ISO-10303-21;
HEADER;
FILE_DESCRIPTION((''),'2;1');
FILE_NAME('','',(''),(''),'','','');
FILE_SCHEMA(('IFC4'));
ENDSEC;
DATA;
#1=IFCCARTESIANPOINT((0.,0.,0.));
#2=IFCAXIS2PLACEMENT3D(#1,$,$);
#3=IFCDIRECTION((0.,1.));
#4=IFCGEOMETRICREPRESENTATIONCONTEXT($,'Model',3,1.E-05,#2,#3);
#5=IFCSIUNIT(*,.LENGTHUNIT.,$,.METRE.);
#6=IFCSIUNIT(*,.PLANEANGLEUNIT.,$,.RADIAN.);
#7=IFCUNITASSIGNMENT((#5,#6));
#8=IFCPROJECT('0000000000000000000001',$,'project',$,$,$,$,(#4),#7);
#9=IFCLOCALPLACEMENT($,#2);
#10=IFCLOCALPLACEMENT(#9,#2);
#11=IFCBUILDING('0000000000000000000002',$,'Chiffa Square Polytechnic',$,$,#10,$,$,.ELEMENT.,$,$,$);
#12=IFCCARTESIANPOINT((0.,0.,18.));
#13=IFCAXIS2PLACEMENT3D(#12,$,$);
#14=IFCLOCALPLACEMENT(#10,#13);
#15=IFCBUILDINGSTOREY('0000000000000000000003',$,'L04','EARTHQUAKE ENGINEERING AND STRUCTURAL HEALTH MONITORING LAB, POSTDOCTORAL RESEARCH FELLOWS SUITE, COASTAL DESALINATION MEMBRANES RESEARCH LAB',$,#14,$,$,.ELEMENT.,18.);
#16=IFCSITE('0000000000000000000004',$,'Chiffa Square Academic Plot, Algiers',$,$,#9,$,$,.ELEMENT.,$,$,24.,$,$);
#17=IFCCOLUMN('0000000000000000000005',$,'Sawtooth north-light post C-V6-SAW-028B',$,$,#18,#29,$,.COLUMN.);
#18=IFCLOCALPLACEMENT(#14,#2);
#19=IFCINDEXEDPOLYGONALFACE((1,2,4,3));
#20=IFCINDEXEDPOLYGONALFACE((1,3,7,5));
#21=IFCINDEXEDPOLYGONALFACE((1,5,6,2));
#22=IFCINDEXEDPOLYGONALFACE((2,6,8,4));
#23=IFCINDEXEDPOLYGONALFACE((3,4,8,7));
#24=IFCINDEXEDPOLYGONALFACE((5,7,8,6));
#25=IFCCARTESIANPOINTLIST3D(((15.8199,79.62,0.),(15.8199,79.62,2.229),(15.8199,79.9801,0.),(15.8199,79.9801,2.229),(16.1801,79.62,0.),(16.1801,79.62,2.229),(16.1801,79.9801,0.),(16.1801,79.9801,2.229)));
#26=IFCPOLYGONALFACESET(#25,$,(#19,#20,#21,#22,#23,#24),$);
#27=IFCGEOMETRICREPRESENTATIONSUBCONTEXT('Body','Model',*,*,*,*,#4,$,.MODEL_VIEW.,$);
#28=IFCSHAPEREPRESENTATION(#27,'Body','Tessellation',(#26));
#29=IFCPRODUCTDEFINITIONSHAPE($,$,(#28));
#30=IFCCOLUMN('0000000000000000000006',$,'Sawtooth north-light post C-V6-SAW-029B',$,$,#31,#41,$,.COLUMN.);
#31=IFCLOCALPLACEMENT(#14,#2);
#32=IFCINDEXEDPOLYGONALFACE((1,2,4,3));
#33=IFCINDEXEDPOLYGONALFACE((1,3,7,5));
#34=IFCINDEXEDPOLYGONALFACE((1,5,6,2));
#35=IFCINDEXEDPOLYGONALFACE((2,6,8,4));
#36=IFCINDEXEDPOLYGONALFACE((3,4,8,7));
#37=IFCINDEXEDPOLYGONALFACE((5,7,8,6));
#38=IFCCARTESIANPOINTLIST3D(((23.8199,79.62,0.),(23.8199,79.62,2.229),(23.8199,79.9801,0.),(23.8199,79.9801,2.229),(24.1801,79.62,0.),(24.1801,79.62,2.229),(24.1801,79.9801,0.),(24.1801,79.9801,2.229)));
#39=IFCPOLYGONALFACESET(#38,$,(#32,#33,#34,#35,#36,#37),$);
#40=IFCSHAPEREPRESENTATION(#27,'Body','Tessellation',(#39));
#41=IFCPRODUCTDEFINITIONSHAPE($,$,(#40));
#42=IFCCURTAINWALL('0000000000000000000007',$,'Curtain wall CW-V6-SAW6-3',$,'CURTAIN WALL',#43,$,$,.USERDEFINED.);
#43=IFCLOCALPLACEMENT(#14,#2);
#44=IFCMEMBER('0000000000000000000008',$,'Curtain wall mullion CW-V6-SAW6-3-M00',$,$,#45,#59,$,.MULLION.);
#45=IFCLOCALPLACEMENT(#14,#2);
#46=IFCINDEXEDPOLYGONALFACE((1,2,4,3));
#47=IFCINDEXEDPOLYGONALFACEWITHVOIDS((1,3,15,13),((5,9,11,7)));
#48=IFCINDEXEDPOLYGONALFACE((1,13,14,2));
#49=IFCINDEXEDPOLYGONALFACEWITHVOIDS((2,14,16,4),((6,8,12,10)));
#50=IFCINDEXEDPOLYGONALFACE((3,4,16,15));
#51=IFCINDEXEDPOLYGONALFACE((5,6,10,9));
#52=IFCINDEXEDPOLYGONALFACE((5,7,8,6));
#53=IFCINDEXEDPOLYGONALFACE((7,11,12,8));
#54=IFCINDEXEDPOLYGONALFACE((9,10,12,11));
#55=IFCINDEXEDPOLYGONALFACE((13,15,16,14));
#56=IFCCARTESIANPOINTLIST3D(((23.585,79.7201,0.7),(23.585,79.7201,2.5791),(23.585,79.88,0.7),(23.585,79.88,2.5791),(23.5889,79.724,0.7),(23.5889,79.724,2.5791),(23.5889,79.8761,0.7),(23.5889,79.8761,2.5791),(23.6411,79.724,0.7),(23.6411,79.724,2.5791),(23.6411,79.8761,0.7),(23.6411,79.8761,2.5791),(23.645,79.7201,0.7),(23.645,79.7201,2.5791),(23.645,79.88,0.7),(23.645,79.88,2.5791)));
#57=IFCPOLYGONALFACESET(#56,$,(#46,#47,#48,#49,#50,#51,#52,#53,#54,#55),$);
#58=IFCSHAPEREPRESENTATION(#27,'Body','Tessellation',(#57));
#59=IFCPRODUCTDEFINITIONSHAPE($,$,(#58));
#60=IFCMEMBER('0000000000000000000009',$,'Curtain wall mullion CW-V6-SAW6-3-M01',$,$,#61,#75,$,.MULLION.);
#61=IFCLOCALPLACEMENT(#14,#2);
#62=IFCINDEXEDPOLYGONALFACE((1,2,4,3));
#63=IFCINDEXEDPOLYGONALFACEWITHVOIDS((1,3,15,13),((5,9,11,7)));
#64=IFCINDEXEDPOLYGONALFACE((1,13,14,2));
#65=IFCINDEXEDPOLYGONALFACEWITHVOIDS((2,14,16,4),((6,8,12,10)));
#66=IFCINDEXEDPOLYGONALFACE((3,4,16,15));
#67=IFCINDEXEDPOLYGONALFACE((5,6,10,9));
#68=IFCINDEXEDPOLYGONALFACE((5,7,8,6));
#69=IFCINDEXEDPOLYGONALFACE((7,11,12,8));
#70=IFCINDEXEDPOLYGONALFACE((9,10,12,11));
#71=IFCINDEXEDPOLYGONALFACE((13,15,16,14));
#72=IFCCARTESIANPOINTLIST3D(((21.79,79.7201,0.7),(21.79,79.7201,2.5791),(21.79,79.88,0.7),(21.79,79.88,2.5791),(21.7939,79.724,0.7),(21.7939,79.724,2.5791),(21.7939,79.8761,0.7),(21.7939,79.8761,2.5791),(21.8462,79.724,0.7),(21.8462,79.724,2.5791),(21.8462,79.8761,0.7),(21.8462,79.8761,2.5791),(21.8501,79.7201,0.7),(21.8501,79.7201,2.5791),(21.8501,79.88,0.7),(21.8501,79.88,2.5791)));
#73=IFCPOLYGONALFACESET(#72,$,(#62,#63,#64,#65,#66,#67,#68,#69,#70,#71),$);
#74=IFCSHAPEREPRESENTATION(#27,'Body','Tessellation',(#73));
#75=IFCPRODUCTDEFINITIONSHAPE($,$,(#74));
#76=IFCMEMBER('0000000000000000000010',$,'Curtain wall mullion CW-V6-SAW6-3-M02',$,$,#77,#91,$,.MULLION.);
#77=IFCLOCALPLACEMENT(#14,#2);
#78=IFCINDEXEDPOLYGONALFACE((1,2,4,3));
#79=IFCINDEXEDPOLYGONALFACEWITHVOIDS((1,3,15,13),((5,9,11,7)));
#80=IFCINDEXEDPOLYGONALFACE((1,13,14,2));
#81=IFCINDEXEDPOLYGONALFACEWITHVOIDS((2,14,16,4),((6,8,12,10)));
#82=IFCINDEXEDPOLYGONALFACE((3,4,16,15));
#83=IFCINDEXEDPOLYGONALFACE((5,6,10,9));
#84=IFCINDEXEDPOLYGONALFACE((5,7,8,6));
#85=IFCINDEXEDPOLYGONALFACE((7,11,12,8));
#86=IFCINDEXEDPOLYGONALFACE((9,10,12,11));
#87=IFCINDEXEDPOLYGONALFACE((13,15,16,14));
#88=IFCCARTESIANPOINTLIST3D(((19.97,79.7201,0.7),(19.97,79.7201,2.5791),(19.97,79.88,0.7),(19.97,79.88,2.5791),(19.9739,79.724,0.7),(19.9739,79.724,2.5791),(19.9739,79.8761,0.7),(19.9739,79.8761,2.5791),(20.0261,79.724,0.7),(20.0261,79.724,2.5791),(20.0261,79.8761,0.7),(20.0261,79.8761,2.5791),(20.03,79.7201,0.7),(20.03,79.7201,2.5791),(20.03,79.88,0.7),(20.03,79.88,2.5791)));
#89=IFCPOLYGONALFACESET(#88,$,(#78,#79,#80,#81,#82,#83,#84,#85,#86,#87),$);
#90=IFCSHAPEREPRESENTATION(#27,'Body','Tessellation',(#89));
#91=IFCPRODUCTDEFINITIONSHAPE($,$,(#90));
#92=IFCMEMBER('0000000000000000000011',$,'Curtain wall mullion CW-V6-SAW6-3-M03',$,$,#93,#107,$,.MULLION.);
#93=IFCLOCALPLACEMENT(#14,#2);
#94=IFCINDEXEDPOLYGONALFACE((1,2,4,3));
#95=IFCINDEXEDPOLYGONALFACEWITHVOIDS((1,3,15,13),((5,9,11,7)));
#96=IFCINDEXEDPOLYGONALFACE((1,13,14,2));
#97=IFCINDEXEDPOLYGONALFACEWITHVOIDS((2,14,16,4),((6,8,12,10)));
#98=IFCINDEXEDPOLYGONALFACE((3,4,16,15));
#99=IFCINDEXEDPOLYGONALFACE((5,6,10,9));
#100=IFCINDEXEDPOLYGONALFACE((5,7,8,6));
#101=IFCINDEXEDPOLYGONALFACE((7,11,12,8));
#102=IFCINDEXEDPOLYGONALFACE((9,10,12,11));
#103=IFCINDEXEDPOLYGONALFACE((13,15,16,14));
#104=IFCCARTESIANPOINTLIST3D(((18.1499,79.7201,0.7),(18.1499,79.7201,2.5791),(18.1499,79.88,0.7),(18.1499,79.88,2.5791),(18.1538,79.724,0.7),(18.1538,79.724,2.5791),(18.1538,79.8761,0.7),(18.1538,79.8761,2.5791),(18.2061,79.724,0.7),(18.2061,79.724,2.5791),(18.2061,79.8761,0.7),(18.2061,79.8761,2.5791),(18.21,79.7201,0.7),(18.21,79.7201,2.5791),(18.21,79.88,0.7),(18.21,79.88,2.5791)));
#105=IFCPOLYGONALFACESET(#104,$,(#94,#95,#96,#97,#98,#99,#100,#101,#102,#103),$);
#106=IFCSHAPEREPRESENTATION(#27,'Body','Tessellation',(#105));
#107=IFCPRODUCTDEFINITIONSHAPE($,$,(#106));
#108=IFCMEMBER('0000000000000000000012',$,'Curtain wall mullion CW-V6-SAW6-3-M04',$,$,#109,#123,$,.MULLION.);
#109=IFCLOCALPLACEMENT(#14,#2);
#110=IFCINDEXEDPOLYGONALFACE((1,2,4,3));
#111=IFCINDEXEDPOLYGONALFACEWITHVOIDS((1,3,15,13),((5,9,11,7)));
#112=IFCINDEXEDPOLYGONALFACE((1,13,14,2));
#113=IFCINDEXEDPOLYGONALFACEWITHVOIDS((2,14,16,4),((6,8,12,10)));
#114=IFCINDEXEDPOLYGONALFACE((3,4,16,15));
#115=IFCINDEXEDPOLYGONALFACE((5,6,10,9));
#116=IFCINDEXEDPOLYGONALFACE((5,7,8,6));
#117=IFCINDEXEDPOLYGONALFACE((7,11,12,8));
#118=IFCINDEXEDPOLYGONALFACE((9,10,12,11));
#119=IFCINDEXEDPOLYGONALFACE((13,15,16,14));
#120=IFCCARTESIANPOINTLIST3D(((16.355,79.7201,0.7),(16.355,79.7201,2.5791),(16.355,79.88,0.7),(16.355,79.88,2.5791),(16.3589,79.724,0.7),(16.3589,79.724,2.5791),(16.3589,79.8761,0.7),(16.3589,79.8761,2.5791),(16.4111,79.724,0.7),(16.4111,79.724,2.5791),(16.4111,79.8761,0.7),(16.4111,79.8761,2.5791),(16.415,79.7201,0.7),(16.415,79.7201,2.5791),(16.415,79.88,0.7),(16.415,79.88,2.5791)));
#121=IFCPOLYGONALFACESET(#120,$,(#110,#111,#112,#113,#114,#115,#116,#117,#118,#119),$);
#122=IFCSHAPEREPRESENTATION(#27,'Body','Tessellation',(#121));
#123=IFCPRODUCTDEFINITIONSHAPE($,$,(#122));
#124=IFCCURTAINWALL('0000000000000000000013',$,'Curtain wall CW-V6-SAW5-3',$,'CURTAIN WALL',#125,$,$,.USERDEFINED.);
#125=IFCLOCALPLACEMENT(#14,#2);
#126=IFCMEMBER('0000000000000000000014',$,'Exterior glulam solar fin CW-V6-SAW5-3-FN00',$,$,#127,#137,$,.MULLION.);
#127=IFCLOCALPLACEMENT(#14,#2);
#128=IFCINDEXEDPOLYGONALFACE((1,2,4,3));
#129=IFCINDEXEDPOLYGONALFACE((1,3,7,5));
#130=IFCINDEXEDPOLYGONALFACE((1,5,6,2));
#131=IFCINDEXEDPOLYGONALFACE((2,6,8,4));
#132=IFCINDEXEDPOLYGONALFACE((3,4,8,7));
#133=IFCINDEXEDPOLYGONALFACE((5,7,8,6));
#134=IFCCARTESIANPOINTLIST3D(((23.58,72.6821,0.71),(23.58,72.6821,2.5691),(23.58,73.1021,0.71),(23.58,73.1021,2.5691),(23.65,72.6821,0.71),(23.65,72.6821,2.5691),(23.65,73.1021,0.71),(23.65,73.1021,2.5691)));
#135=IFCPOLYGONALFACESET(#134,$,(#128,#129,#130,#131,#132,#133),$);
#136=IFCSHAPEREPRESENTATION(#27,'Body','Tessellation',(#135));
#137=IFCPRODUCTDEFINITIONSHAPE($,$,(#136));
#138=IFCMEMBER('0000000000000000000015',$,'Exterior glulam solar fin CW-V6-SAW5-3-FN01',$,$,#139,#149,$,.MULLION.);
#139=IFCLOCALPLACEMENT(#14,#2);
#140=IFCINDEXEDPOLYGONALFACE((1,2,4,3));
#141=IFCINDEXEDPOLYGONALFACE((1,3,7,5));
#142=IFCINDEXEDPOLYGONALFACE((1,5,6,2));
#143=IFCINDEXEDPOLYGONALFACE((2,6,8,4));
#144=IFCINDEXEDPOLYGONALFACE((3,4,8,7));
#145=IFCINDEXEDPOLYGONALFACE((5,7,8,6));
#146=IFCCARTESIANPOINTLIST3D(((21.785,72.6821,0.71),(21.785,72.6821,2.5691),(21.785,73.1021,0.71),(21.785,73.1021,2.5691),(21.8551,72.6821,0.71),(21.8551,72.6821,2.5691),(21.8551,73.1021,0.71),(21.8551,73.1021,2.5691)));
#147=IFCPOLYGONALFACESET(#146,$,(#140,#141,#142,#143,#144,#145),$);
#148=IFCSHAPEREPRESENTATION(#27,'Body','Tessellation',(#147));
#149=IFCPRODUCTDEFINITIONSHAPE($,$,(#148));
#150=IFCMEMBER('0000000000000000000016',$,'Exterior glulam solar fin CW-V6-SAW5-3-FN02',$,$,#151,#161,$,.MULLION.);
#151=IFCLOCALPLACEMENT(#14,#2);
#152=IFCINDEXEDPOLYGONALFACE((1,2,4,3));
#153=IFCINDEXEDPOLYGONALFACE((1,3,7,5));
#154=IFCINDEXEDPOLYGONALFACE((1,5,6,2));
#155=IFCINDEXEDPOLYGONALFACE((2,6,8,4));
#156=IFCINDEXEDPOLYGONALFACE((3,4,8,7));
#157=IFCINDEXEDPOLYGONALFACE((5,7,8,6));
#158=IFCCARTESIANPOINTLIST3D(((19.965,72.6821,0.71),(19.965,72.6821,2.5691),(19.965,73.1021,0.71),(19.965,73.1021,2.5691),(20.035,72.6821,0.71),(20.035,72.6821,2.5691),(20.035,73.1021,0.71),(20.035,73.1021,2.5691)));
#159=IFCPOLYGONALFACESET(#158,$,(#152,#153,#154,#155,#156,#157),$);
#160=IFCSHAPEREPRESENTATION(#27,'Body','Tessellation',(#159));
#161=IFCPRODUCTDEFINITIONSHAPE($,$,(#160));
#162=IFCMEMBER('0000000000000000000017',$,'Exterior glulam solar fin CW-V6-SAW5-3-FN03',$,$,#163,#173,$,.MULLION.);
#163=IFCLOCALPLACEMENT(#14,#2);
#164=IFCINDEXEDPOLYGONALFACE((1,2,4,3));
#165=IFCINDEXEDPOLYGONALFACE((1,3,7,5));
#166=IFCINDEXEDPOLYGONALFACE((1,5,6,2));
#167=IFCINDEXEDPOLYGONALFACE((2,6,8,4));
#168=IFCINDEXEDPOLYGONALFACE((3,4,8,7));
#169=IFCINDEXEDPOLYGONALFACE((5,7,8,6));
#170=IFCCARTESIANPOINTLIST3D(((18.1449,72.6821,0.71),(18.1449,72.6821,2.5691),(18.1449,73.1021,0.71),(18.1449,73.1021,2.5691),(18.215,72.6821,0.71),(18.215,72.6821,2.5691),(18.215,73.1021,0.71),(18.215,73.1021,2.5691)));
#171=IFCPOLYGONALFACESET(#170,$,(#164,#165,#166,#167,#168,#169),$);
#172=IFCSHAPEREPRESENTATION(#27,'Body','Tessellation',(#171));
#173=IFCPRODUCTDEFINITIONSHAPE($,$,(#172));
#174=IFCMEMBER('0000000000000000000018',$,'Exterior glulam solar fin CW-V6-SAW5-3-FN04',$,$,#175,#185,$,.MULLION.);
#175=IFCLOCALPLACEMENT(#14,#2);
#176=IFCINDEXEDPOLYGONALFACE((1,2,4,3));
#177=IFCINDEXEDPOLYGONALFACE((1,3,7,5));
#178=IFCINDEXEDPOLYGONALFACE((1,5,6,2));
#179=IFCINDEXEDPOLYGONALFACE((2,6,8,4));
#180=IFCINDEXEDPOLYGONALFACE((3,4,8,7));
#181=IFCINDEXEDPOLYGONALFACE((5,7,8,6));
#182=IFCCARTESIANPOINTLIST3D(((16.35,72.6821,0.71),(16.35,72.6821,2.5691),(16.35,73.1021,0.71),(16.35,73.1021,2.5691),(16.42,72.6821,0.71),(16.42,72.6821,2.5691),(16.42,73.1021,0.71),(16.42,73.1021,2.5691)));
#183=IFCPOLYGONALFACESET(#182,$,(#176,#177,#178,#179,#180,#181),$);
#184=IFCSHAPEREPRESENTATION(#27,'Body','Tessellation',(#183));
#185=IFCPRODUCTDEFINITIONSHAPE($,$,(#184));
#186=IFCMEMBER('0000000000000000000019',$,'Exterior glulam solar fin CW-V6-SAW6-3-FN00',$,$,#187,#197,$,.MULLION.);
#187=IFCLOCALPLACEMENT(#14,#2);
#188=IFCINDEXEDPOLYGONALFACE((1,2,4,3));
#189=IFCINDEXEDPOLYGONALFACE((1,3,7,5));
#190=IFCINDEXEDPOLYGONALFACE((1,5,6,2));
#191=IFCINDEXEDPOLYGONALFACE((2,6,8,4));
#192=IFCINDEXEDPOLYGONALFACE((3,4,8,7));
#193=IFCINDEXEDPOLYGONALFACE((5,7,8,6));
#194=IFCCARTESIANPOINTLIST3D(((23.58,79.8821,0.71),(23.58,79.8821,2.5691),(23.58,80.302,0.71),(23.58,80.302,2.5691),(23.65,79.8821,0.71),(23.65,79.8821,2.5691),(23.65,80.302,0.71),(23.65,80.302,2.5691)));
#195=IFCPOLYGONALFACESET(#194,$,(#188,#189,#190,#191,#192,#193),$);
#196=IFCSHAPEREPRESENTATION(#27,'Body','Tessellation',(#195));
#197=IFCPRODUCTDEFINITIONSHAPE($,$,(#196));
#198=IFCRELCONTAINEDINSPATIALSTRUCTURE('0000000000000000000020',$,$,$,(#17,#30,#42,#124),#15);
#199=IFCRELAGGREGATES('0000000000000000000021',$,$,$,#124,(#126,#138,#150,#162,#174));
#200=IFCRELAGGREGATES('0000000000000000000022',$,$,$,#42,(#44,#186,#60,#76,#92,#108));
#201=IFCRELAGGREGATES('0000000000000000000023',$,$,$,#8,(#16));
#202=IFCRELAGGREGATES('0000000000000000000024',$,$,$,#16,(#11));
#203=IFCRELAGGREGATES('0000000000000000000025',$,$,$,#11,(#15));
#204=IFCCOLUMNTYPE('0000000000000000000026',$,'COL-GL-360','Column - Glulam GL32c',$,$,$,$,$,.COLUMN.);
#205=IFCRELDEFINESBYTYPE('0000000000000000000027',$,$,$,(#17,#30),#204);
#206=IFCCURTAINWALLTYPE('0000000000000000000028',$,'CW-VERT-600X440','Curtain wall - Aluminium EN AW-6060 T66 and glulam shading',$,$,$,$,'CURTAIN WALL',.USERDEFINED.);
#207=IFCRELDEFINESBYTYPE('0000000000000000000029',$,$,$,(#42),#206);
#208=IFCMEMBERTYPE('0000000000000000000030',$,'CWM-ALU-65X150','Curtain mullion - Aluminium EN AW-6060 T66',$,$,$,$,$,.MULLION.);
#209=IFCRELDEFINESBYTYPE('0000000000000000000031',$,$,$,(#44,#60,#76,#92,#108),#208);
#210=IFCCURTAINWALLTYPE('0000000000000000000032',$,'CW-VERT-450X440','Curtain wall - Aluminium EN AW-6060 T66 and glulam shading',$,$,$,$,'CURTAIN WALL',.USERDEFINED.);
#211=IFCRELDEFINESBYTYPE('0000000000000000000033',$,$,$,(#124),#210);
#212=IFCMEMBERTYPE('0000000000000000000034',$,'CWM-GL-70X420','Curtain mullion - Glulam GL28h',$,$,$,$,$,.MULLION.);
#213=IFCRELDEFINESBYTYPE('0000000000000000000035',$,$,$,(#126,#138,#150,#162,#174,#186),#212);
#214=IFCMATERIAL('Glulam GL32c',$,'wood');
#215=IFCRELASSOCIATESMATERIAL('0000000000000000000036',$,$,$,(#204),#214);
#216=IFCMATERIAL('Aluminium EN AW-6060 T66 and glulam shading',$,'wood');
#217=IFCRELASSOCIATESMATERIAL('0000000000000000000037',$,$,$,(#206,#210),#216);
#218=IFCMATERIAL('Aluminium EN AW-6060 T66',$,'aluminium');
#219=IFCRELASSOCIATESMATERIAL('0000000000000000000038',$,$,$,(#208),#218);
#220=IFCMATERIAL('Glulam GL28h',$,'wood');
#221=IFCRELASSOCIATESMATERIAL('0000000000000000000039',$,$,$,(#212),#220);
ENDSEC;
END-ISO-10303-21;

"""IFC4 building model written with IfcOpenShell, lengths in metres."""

from ifc_helpers import new_model, si_unit, direction, frame, origin, origin_2d, place, context, subcontext, project, spatial, rectangle, hollow_rectangle, extrude, material, material_profile, profile_set, type_object, element, aggregate, save


model = new_model("IFC4")

# Units and contexts
model_context = context("Model", 3, precision=1e-05, world=origin(), true_north=direction((0.0, 1.0)))
body_context = subcontext(model_context, "Body", "Model", "MODEL_VIEW")
ifc_project = project(units=[si_unit("LENGTHUNIT", "METRE"), si_unit("PLANEANGLEUNIT", "RADIAN")], contexts=[model_context])

# Site, building, storey
site_placement = place(None, origin())
site = spatial("IfcSite", under=ifc_project, at=site_placement, Name="Chiffa Square Academic Plot, Algiers", CompositionType="ELEMENT", RefElevation=24.0)
building_placement = place(site_placement, origin())
building = spatial("IfcBuilding", under=site, at=building_placement, Name="Chiffa Square Polytechnic", CompositionType="ELEMENT")
storey_placement = place(building_placement, frame((0.0, 0.0, 18.0)))
storey = spatial("IfcBuildingStorey", under=building, at=storey_placement, Name="L04", Description="EARTHQUAKE ENGINEERING AND STRUCTURAL HEALTH MONITORING LAB, POSTDOCTORAL RESEARCH FELLOWS SUITE, COASTAL DESALINATION MEMBRANES RESEARCH LAB", CompositionType="ELEMENT", Elevation=18.0)

# Columns
ifc_material_1 = material(Name="Glulam GL32c", Category="wood")
ifc_material_profile_1 = material_profile(ifc_material_1, rectangle(XDim=0.3601, YDim=0.3601, at=origin_2d()), Name="GL32c 360x360")
ifc_profile_set_1 = profile_set([ifc_material_profile_1], Name="Glulam GL32c")
column_type = type_object("IfcColumnType", Name="COL-GL-360", Description="Column - Glulam GL32c", PredefinedType="COLUMN", material=ifc_profile_set_1)
for number, where, z_axis, x_axis, name in (
    (1, (16.0, 79.8, 0.0), (0.0, 0.0, 1.0), (1.0, 0.0, 0.0), "Sawtooth north-light post C-V6-SAW-028B"),
    (2, (24.0, 79.8, 0.0), (0.0, 0.0, 1.0), (1.0, 0.0, 0.0), "Sawtooth north-light post C-V6-SAW-029B"),
):
    element("IfcColumn", number, at=place(storey_placement, frame(where, z_axis=z_axis, x_axis=x_axis)), inside=storey, type_object=column_type, Name=name, PredefinedType="COLUMN", context=body_context, shape_type="SweptSolid", body=[
        extrude(rectangle(XDim=0.3601, YDim=0.3601, at=origin_2d()), origin(), (0.0, 0.0, 1.0), 2.229),
    ])

# Curtain walls, members
ifc_material_2 = material(Name="Aluminium EN AW-6060 T66 and glulam shading", Category="wood")
curtain_wall_type_1 = type_object("IfcCurtainWallType", Name="CW-VERT-600X440", Description="Curtain wall - Aluminium EN AW-6060 T66 and glulam shading", ElementType="CURTAIN WALL", PredefinedType="USERDEFINED", material=ifc_material_2)
curtain_wall_1_placement = place(storey_placement, origin())
curtain_wall_1 = element("IfcCurtainWall", 3, at=curtain_wall_1_placement, inside=storey, type_object=curtain_wall_type_1, Name="Curtain wall CW-V6-SAW6-3", ObjectType="CURTAIN WALL", PredefinedType="USERDEFINED")
ifc_material_3 = material(Name="Aluminium EN AW-6060 T66", Category="aluminium")
ifc_material_profile_2 = material_profile(ifc_material_3, hollow_rectangle(XDim=0.0601, YDim=0.1599, WallThickness=0.0039, at=origin_2d()), Name="ALU 60x160x4")
ifc_profile_set_2 = profile_set([ifc_material_profile_2], Name="Aluminium EN AW-6060 T66")
member_type_1 = type_object("IfcMemberType", Name="CWM-ALU-65X150", Description="Curtain mullion - Aluminium EN AW-6060 T66", PredefinedType="MULLION", material=ifc_profile_set_2)
member_1_placement = place(storey_placement, frame((23.615, 79.8, 0.7), z_axis=(0.0, 0.0, 1.0), x_axis=(1.0, 0.0, 0.0)))
member_1 = element("IfcMember", 4, at=member_1_placement, type_object=member_type_1, Name="Curtain wall mullion CW-V6-SAW6-3-M00", PredefinedType="MULLION", context=body_context, shape_type="SweptSolid", body=[
    extrude(hollow_rectangle(XDim=0.0601, YDim=0.1599, WallThickness=0.0039, at=origin_2d()), origin(), (0.0, 0.0, 1.0), 1.8792),
])
member_2_placement = place(storey_placement, frame((21.8201, 79.8, 0.7), z_axis=(0.0, 0.0, 1.0), x_axis=(1.0, 0.0, 0.0)))
member_2 = element("IfcMember", 5, at=member_2_placement, type_object=member_type_1, Name="Curtain wall mullion CW-V6-SAW6-3-M01", PredefinedType="MULLION", context=body_context, shape_type="SweptSolid", body=[
    extrude(hollow_rectangle(XDim=0.0601, YDim=0.1599, WallThickness=0.0039, at=origin_2d()), origin(), (0.0, 0.0, 1.0), 1.8792),
])
member_3_placement = place(storey_placement, frame((20.0, 79.8, 0.7), z_axis=(0.0, 0.0, 1.0), x_axis=(1.0, 0.0, 0.0)))
member_3 = element("IfcMember", 6, at=member_3_placement, type_object=member_type_1, Name="Curtain wall mullion CW-V6-SAW6-3-M02", PredefinedType="MULLION", context=body_context, shape_type="SweptSolid", body=[
    extrude(hollow_rectangle(XDim=0.0601, YDim=0.1599, WallThickness=0.0039, at=origin_2d()), origin(), (0.0, 0.0, 1.0), 1.8792),
])
member_4_placement = place(storey_placement, frame((18.1799, 79.8, 0.7), z_axis=(0.0, 0.0, 1.0), x_axis=(1.0, 0.0, 0.0)))
member_4 = element("IfcMember", 7, at=member_4_placement, type_object=member_type_1, Name="Curtain wall mullion CW-V6-SAW6-3-M03", PredefinedType="MULLION", context=body_context, shape_type="SweptSolid", body=[
    extrude(hollow_rectangle(XDim=0.0601, YDim=0.1599, WallThickness=0.0039, at=origin_2d()), origin(), (0.0, 0.0, 1.0), 1.8792),
])
member_5_placement = place(storey_placement, frame((16.385, 79.8, 0.7), z_axis=(0.0, 0.0, 1.0), x_axis=(1.0, 0.0, 0.0)))
member_5 = element("IfcMember", 8, at=member_5_placement, type_object=member_type_1, Name="Curtain wall mullion CW-V6-SAW6-3-M04", PredefinedType="MULLION", context=body_context, shape_type="SweptSolid", body=[
    extrude(hollow_rectangle(XDim=0.0601, YDim=0.1599, WallThickness=0.0039, at=origin_2d()), origin(), (0.0, 0.0, 1.0), 1.8792),
])
curtain_wall_type_2 = type_object("IfcCurtainWallType", Name="CW-VERT-450X440", Description="Curtain wall - Aluminium EN AW-6060 T66 and glulam shading", ElementType="CURTAIN WALL", PredefinedType="USERDEFINED", material=ifc_material_2)
curtain_wall_2_placement = place(storey_placement, origin())
curtain_wall_2 = element("IfcCurtainWall", 9, at=curtain_wall_2_placement, inside=storey, type_object=curtain_wall_type_2, Name="Curtain wall CW-V6-SAW5-3", ObjectType="CURTAIN WALL", PredefinedType="USERDEFINED")
ifc_material_4 = material(Name="Glulam GL28h", Category="wood")
ifc_material_profile_3 = material_profile(ifc_material_4, rectangle(XDim=0.0701, YDim=0.4199, at=origin_2d()), Name="GL28h 70x420")
ifc_profile_set_3 = profile_set([ifc_material_profile_3], Name="Glulam GL28h")
member_type_2 = type_object("IfcMemberType", Name="CWM-GL-70X420", Description="Curtain mullion - Glulam GL28h", PredefinedType="MULLION", material=ifc_profile_set_3)
member_6_placement = place(storey_placement, frame((23.615, 72.8921, 0.71), z_axis=(0.0, 0.0, 1.0), x_axis=(-1.0, 0.0, 0.0)))
member_6 = element("IfcMember", 10, at=member_6_placement, type_object=member_type_2, Name="Exterior glulam solar fin CW-V6-SAW5-3-FN00", PredefinedType="MULLION", context=body_context, shape_type="SweptSolid", body=[
    extrude(rectangle(XDim=0.0701, YDim=0.4199, at=origin_2d()), origin(), (0.0, 0.0, 1.0), 1.8591),
])
member_7_placement = place(storey_placement, frame((21.8201, 72.8921, 0.71), z_axis=(0.0, 0.0, 1.0), x_axis=(-1.0, 0.0, 0.0)))
member_7 = element("IfcMember", 11, at=member_7_placement, type_object=member_type_2, Name="Exterior glulam solar fin CW-V6-SAW5-3-FN01", PredefinedType="MULLION", context=body_context, shape_type="SweptSolid", body=[
    extrude(rectangle(XDim=0.0701, YDim=0.4199, at=origin_2d()), origin(), (0.0, 0.0, 1.0), 1.8591),
])
member_8_placement = place(storey_placement, frame((20.0, 72.8921, 0.71), z_axis=(0.0, 0.0, 1.0), x_axis=(-1.0, 0.0, 0.0)))
member_8 = element("IfcMember", 12, at=member_8_placement, type_object=member_type_2, Name="Exterior glulam solar fin CW-V6-SAW5-3-FN02", PredefinedType="MULLION", context=body_context, shape_type="SweptSolid", body=[
    extrude(rectangle(XDim=0.0701, YDim=0.4199, at=origin_2d()), origin(), (0.0, 0.0, 1.0), 1.8591),
])
member_9_placement = place(storey_placement, frame((18.1799, 72.8921, 0.71), z_axis=(0.0, 0.0, 1.0), x_axis=(-1.0, 0.0, 0.0)))
member_9 = element("IfcMember", 13, at=member_9_placement, type_object=member_type_2, Name="Exterior glulam solar fin CW-V6-SAW5-3-FN03", PredefinedType="MULLION", context=body_context, shape_type="SweptSolid", body=[
    extrude(rectangle(XDim=0.0701, YDim=0.4199, at=origin_2d()), origin(), (0.0, 0.0, 1.0), 1.8591),
])
member_10_placement = place(storey_placement, frame((16.385, 72.8921, 0.71), z_axis=(0.0, 0.0, 1.0), x_axis=(-1.0, 0.0, 0.0)))
member_10 = element("IfcMember", 14, at=member_10_placement, type_object=member_type_2, Name="Exterior glulam solar fin CW-V6-SAW5-3-FN04", PredefinedType="MULLION", context=body_context, shape_type="SweptSolid", body=[
    extrude(rectangle(XDim=0.0701, YDim=0.4199, at=origin_2d()), origin(), (0.0, 0.0, 1.0), 1.8591),
])
aggregate(curtain_wall_2, [member_6, member_7, member_8, member_9, member_10])

# Member
member_11_placement = place(storey_placement, frame((23.615, 80.092, 0.71), z_axis=(0.0, 0.0, 1.0), x_axis=(-1.0, 0.0, 0.0)))
member_11 = element("IfcMember", 15, at=member_11_placement, type_object=member_type_2, Name="Exterior glulam solar fin CW-V6-SAW6-3-FN00", PredefinedType="MULLION", context=body_context, shape_type="SweptSolid", body=[
    extrude(rectangle(XDim=0.0701, YDim=0.4199, at=origin_2d()), origin(), (0.0, 0.0, 1.0), 1.8591),
])

aggregate(curtain_wall_1, [member_1, member_11, member_2, member_3, member_4, member_5])

save(model, "model.ifc")
